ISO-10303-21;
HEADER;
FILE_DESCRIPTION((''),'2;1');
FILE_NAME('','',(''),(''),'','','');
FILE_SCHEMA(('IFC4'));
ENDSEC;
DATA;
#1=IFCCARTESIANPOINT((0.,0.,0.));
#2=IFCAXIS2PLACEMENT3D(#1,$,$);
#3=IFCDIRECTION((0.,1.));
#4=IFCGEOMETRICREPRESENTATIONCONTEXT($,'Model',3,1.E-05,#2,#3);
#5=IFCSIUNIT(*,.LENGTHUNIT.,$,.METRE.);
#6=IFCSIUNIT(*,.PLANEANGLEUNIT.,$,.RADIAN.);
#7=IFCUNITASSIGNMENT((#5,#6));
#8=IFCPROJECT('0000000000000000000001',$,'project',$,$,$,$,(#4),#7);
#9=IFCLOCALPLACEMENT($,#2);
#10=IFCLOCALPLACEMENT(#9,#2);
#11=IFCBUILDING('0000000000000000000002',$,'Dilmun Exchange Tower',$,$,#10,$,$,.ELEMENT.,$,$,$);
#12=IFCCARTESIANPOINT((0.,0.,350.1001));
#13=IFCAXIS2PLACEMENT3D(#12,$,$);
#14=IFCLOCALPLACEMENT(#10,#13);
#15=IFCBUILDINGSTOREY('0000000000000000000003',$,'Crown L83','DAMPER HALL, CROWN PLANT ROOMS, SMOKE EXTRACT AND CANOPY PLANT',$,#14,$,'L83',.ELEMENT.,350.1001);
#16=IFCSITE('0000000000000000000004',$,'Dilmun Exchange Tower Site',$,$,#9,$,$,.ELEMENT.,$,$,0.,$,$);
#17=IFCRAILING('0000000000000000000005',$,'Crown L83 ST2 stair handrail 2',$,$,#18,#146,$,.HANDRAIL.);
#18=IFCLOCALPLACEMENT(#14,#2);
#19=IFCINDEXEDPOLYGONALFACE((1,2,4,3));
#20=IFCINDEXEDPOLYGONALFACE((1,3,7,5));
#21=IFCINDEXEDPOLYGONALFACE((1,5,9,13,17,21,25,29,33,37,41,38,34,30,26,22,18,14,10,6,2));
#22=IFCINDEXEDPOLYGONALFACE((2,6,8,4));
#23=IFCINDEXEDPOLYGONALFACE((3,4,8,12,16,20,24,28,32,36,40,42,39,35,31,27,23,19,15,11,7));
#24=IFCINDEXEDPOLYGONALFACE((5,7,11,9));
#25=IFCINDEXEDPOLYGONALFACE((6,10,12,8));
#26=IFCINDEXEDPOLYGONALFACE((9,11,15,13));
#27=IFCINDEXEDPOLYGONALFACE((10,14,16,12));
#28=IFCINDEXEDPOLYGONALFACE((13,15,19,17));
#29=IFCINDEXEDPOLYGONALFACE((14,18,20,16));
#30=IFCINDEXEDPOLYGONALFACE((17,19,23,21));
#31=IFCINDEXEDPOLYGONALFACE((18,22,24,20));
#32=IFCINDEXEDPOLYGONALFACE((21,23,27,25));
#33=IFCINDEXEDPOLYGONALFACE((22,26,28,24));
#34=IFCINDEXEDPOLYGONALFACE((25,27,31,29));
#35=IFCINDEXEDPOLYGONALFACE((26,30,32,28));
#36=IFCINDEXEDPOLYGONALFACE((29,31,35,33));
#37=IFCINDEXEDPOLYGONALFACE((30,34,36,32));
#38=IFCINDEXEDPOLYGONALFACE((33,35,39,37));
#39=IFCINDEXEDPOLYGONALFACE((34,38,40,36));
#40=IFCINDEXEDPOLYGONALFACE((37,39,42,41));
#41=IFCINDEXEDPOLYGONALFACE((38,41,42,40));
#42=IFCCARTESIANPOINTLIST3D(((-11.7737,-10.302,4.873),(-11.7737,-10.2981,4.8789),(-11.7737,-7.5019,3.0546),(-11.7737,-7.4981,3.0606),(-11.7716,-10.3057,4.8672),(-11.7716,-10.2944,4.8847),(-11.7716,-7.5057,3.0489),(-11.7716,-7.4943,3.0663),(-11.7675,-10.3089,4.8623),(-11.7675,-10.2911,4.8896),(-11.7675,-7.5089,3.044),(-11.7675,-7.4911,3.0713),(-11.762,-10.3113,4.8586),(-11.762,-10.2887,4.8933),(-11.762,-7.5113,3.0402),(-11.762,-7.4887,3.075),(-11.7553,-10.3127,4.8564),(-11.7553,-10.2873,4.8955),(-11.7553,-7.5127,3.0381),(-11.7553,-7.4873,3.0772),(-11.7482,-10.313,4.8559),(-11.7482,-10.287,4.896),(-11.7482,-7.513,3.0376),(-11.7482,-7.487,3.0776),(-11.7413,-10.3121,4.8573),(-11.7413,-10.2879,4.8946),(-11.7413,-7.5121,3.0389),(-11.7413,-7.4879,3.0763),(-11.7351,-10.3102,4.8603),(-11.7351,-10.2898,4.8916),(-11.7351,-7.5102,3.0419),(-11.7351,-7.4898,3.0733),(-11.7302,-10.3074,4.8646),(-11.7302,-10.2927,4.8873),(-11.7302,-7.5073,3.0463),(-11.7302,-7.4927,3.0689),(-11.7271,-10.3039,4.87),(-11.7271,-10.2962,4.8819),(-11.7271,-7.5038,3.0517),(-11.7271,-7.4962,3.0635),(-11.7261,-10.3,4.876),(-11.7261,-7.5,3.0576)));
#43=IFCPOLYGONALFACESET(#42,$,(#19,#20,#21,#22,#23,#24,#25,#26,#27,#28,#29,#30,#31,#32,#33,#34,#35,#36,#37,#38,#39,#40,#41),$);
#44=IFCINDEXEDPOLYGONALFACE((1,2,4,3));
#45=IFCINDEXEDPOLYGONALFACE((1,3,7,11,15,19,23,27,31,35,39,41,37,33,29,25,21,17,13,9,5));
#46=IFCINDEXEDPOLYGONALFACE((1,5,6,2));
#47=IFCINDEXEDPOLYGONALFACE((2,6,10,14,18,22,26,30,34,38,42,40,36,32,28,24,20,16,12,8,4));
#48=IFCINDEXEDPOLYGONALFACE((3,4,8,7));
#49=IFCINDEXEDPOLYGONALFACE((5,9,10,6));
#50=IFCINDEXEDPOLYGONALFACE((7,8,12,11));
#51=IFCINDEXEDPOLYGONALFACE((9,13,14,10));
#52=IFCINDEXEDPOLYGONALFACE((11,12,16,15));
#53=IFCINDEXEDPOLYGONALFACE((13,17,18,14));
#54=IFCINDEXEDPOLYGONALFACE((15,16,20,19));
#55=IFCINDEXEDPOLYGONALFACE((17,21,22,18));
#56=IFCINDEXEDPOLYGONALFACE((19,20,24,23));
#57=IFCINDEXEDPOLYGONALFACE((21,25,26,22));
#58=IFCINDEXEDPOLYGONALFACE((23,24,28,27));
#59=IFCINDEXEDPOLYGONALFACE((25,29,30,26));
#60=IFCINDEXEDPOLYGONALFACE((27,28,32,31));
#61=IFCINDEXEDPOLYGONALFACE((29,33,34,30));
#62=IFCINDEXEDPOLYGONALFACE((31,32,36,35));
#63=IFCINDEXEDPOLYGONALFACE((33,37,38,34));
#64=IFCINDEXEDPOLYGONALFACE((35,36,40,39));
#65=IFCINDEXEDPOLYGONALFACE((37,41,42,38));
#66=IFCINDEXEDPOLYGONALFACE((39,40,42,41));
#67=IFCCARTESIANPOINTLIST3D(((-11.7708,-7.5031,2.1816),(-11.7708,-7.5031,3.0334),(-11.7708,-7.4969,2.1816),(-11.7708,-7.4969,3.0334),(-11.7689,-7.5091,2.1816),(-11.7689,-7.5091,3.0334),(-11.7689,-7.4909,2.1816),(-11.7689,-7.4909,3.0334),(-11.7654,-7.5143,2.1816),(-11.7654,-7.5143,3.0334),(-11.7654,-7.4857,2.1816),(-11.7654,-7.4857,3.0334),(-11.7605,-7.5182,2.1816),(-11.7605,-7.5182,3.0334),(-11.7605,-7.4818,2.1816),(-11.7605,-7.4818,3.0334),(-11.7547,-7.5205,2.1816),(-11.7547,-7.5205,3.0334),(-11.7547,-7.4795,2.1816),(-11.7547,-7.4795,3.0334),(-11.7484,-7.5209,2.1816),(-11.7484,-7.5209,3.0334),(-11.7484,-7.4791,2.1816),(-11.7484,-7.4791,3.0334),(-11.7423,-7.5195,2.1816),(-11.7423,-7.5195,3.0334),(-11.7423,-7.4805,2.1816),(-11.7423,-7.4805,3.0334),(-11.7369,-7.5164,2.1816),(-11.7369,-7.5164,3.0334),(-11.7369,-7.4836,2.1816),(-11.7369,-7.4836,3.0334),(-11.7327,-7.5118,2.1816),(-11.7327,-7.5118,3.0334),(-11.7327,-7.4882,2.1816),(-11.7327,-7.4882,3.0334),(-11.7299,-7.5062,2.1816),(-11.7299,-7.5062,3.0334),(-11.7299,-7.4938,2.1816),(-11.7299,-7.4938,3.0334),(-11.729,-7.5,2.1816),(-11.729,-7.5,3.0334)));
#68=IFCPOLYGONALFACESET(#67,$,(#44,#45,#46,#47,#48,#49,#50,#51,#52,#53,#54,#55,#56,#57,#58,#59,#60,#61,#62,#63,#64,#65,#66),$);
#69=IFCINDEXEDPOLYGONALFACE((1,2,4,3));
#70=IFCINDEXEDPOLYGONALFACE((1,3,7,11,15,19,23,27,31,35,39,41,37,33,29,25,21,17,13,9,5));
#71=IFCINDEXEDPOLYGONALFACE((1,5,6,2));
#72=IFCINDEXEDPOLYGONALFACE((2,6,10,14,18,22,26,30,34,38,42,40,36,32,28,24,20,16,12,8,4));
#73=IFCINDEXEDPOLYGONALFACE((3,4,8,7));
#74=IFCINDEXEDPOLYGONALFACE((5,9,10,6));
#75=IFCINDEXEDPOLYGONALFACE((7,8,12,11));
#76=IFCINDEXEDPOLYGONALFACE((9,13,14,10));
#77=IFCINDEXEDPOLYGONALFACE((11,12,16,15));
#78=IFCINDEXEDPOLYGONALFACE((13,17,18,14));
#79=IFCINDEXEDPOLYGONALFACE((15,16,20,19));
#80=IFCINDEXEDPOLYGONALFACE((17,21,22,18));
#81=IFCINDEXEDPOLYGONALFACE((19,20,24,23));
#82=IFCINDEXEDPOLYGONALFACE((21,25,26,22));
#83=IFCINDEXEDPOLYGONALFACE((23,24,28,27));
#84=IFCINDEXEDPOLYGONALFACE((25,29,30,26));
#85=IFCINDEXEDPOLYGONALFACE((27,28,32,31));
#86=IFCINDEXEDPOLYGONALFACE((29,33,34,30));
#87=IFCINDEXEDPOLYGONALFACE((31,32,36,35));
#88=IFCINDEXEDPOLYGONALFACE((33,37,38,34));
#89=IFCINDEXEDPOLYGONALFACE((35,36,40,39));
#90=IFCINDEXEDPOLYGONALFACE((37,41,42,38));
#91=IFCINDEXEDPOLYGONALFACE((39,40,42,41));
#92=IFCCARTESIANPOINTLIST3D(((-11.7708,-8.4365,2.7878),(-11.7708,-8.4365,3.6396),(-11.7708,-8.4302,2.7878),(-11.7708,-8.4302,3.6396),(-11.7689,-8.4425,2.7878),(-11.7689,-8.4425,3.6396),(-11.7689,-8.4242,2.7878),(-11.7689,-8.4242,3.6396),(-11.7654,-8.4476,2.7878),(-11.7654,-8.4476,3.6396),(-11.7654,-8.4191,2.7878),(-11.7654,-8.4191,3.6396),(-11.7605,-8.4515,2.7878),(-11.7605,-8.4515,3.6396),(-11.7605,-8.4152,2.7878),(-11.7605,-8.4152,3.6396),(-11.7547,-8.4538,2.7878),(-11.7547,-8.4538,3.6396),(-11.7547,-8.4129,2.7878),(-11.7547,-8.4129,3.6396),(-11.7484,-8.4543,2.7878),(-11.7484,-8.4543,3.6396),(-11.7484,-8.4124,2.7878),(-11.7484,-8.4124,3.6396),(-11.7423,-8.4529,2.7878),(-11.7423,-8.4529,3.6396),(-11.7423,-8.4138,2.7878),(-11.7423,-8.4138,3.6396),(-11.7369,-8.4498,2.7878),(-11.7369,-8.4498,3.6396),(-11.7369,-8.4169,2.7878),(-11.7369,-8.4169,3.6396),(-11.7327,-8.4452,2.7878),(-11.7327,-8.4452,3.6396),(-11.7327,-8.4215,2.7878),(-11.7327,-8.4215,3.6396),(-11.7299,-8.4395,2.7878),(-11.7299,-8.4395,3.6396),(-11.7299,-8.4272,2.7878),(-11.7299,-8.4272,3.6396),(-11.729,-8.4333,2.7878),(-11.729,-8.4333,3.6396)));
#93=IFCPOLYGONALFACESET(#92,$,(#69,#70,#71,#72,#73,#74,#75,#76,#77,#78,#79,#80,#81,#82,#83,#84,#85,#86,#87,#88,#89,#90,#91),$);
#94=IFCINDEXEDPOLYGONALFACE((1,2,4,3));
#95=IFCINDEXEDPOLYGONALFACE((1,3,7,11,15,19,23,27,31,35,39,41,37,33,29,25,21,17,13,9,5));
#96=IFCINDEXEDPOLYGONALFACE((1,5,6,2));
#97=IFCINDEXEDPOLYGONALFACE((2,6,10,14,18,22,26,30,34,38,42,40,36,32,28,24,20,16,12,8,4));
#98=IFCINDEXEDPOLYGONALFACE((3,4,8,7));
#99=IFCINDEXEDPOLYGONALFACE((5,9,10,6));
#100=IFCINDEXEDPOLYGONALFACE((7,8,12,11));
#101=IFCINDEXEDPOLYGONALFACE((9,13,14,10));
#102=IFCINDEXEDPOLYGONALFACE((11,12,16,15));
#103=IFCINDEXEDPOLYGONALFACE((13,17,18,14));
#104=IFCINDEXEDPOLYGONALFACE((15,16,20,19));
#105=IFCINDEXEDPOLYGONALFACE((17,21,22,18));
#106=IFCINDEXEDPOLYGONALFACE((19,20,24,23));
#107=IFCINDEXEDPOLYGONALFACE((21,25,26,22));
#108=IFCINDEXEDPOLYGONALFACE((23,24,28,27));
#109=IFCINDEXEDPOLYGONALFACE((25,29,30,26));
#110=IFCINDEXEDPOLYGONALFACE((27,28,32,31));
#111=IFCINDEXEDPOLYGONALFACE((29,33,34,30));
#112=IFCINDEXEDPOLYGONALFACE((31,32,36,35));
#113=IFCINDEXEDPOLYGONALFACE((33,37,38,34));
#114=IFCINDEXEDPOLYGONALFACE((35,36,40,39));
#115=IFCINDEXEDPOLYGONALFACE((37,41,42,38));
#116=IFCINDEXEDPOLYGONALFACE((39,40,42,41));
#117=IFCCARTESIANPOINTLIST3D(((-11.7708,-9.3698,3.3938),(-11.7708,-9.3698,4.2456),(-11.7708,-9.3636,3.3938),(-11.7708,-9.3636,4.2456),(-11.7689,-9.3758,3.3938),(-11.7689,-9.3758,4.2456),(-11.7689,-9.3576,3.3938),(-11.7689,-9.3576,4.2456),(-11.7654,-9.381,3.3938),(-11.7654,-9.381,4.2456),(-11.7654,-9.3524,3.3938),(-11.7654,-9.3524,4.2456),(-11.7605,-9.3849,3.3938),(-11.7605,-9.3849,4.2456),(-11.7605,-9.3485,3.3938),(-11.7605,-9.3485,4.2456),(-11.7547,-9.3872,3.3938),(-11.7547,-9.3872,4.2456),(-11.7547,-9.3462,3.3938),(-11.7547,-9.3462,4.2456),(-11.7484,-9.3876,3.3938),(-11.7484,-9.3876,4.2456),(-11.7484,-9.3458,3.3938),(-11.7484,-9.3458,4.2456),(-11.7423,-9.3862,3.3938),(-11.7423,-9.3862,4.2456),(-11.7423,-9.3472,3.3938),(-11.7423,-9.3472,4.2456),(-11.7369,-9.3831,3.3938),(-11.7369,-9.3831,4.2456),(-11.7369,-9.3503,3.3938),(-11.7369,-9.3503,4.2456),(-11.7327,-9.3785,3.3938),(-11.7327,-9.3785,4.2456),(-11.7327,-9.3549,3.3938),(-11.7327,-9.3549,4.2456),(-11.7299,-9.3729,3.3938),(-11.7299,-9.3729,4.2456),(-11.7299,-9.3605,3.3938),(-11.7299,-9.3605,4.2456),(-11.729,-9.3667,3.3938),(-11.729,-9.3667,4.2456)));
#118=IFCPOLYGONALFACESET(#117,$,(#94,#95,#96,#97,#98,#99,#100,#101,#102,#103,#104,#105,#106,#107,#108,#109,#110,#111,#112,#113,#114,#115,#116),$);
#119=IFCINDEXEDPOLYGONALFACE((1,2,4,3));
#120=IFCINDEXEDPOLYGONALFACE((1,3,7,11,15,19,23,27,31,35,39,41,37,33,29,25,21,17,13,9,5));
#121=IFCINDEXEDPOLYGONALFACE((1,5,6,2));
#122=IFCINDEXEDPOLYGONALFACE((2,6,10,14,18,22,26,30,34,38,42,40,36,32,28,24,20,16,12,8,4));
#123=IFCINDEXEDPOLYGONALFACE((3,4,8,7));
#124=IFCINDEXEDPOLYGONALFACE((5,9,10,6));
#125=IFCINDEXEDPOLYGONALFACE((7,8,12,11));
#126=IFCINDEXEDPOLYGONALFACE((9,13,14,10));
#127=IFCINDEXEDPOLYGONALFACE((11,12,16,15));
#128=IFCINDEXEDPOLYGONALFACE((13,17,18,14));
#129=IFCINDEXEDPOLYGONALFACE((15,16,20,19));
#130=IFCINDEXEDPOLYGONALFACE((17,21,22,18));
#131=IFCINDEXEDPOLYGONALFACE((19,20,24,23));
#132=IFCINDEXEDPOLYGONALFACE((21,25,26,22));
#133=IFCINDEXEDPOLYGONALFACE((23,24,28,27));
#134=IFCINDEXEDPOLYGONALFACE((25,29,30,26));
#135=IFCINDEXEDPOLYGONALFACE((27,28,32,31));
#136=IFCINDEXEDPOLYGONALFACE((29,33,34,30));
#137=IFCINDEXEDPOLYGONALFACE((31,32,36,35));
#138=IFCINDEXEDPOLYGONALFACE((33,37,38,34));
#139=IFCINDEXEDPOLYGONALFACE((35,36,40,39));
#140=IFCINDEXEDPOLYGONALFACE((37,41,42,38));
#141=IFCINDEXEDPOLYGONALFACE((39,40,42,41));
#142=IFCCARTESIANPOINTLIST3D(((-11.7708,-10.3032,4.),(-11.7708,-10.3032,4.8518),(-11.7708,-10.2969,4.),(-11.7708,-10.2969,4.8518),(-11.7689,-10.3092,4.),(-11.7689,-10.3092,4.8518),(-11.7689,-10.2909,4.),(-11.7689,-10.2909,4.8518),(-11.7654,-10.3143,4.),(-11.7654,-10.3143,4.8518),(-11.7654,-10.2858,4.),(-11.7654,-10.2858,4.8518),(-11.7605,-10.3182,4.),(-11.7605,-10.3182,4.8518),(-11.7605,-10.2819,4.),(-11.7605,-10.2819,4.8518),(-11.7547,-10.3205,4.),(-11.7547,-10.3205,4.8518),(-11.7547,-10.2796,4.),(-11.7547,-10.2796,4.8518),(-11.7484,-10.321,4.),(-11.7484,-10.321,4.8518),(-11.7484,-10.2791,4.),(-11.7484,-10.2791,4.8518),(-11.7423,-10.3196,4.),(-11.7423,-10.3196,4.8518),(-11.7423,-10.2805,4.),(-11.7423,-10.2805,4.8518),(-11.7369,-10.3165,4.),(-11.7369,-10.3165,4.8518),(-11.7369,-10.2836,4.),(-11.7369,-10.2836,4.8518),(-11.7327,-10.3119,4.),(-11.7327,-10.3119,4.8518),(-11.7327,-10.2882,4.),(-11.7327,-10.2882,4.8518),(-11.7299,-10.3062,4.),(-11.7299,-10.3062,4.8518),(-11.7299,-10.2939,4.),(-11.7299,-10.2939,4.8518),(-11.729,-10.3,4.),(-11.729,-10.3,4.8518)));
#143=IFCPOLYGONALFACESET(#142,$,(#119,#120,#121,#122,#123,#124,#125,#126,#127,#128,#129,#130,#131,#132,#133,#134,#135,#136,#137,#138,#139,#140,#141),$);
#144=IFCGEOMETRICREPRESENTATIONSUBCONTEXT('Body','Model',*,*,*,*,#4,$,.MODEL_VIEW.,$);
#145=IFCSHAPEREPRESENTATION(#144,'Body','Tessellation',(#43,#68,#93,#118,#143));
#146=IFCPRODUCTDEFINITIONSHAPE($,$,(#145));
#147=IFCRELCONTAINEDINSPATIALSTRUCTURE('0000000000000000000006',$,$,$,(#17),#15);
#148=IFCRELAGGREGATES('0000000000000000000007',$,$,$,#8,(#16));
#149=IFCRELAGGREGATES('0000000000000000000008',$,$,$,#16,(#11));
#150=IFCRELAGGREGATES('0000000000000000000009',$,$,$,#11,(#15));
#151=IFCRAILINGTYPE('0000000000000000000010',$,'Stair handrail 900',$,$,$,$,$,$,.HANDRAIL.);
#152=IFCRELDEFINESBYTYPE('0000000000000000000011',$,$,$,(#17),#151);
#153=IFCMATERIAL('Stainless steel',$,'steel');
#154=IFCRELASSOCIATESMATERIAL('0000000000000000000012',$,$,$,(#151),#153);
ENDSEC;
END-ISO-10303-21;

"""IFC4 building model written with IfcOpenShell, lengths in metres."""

from ifc_helpers import new_model, si_unit, direction, frame, origin, origin_2d, place, context, subcontext, project, spatial, circle, extrude, material, type_object, element, save


model = new_model("IFC4")

# Units and contexts
model_context = context("Model", 3, precision=1e-05, world=origin(), true_north=direction((0.0, 1.0)))
body_context = subcontext(model_context, "Body", "Model", "MODEL_VIEW")
ifc_project = project(units=[si_unit("LENGTHUNIT", "METRE"), si_unit("PLANEANGLEUNIT", "RADIAN")], contexts=[model_context])

# Site, building, storey
site_placement = place(None, origin())
site = spatial("IfcSite", under=ifc_project, at=site_placement, Name="Dilmun Exchange Tower Site", CompositionType="ELEMENT", RefElevation=0.0)
building_placement = place(site_placement, origin())
building = spatial("IfcBuilding", under=site, at=building_placement, Name="Dilmun Exchange Tower", CompositionType="ELEMENT")
storey_placement = place(building_placement, frame((0.0, 0.0, 350.1001)))
storey = spatial("IfcBuildingStorey", under=building, at=storey_placement, Name="Crown L83", Description="DAMPER HALL, CROWN PLANT ROOMS, SMOKE EXTRACT AND CANOPY PLANT", LongName="L83", CompositionType="ELEMENT", Elevation=350.1001)

# Railing
ifc_material_1 = material(Name="Stainless steel", Category="steel")
railing_type = type_object("IfcRailingType", Name="Stair handrail 900", PredefinedType="HANDRAIL", material=ifc_material_1)
railing_1_placement = place(storey_placement, frame((-11.75, -7.5, 2.1816)))
element("IfcRailing", 1, at=railing_1_placement, inside=storey, type_object=railing_type, Name="Crown L83 ST2 stair handrail 2", PredefinedType="HANDRAIL", context=body_context, shape_type="SweptSolid", body=[
    extrude(circle(Radius=0.0239, at=origin_2d()), frame((0.0, 0.0, 0.876), z_axis=(0.0, -0.838672, 0.544636), x_axis=(1.0, 0.0, 0.0)), (0.0, 0.0, 1.0), 3.3386),
    extrude(circle(Radius=0.021, at=origin_2d()), origin(), (0.0, 0.0, 1.0), 0.8518),
    extrude(circle(Radius=0.021, at=origin_2d()), frame((0.0, -0.9333, 0.6062)), (0.0, 0.0, 1.0), 0.8518),
    extrude(circle(Radius=0.021, at=origin_2d()), frame((0.0, -1.8667, 1.2122)), (0.0, 0.0, 1.0), 0.8518),
    extrude(circle(Radius=0.021, at=origin_2d()), frame((0.0, -2.8, 1.8184)), (0.0, 0.0, 1.0), 0.8518),
])

save(model, "model.ifc")
